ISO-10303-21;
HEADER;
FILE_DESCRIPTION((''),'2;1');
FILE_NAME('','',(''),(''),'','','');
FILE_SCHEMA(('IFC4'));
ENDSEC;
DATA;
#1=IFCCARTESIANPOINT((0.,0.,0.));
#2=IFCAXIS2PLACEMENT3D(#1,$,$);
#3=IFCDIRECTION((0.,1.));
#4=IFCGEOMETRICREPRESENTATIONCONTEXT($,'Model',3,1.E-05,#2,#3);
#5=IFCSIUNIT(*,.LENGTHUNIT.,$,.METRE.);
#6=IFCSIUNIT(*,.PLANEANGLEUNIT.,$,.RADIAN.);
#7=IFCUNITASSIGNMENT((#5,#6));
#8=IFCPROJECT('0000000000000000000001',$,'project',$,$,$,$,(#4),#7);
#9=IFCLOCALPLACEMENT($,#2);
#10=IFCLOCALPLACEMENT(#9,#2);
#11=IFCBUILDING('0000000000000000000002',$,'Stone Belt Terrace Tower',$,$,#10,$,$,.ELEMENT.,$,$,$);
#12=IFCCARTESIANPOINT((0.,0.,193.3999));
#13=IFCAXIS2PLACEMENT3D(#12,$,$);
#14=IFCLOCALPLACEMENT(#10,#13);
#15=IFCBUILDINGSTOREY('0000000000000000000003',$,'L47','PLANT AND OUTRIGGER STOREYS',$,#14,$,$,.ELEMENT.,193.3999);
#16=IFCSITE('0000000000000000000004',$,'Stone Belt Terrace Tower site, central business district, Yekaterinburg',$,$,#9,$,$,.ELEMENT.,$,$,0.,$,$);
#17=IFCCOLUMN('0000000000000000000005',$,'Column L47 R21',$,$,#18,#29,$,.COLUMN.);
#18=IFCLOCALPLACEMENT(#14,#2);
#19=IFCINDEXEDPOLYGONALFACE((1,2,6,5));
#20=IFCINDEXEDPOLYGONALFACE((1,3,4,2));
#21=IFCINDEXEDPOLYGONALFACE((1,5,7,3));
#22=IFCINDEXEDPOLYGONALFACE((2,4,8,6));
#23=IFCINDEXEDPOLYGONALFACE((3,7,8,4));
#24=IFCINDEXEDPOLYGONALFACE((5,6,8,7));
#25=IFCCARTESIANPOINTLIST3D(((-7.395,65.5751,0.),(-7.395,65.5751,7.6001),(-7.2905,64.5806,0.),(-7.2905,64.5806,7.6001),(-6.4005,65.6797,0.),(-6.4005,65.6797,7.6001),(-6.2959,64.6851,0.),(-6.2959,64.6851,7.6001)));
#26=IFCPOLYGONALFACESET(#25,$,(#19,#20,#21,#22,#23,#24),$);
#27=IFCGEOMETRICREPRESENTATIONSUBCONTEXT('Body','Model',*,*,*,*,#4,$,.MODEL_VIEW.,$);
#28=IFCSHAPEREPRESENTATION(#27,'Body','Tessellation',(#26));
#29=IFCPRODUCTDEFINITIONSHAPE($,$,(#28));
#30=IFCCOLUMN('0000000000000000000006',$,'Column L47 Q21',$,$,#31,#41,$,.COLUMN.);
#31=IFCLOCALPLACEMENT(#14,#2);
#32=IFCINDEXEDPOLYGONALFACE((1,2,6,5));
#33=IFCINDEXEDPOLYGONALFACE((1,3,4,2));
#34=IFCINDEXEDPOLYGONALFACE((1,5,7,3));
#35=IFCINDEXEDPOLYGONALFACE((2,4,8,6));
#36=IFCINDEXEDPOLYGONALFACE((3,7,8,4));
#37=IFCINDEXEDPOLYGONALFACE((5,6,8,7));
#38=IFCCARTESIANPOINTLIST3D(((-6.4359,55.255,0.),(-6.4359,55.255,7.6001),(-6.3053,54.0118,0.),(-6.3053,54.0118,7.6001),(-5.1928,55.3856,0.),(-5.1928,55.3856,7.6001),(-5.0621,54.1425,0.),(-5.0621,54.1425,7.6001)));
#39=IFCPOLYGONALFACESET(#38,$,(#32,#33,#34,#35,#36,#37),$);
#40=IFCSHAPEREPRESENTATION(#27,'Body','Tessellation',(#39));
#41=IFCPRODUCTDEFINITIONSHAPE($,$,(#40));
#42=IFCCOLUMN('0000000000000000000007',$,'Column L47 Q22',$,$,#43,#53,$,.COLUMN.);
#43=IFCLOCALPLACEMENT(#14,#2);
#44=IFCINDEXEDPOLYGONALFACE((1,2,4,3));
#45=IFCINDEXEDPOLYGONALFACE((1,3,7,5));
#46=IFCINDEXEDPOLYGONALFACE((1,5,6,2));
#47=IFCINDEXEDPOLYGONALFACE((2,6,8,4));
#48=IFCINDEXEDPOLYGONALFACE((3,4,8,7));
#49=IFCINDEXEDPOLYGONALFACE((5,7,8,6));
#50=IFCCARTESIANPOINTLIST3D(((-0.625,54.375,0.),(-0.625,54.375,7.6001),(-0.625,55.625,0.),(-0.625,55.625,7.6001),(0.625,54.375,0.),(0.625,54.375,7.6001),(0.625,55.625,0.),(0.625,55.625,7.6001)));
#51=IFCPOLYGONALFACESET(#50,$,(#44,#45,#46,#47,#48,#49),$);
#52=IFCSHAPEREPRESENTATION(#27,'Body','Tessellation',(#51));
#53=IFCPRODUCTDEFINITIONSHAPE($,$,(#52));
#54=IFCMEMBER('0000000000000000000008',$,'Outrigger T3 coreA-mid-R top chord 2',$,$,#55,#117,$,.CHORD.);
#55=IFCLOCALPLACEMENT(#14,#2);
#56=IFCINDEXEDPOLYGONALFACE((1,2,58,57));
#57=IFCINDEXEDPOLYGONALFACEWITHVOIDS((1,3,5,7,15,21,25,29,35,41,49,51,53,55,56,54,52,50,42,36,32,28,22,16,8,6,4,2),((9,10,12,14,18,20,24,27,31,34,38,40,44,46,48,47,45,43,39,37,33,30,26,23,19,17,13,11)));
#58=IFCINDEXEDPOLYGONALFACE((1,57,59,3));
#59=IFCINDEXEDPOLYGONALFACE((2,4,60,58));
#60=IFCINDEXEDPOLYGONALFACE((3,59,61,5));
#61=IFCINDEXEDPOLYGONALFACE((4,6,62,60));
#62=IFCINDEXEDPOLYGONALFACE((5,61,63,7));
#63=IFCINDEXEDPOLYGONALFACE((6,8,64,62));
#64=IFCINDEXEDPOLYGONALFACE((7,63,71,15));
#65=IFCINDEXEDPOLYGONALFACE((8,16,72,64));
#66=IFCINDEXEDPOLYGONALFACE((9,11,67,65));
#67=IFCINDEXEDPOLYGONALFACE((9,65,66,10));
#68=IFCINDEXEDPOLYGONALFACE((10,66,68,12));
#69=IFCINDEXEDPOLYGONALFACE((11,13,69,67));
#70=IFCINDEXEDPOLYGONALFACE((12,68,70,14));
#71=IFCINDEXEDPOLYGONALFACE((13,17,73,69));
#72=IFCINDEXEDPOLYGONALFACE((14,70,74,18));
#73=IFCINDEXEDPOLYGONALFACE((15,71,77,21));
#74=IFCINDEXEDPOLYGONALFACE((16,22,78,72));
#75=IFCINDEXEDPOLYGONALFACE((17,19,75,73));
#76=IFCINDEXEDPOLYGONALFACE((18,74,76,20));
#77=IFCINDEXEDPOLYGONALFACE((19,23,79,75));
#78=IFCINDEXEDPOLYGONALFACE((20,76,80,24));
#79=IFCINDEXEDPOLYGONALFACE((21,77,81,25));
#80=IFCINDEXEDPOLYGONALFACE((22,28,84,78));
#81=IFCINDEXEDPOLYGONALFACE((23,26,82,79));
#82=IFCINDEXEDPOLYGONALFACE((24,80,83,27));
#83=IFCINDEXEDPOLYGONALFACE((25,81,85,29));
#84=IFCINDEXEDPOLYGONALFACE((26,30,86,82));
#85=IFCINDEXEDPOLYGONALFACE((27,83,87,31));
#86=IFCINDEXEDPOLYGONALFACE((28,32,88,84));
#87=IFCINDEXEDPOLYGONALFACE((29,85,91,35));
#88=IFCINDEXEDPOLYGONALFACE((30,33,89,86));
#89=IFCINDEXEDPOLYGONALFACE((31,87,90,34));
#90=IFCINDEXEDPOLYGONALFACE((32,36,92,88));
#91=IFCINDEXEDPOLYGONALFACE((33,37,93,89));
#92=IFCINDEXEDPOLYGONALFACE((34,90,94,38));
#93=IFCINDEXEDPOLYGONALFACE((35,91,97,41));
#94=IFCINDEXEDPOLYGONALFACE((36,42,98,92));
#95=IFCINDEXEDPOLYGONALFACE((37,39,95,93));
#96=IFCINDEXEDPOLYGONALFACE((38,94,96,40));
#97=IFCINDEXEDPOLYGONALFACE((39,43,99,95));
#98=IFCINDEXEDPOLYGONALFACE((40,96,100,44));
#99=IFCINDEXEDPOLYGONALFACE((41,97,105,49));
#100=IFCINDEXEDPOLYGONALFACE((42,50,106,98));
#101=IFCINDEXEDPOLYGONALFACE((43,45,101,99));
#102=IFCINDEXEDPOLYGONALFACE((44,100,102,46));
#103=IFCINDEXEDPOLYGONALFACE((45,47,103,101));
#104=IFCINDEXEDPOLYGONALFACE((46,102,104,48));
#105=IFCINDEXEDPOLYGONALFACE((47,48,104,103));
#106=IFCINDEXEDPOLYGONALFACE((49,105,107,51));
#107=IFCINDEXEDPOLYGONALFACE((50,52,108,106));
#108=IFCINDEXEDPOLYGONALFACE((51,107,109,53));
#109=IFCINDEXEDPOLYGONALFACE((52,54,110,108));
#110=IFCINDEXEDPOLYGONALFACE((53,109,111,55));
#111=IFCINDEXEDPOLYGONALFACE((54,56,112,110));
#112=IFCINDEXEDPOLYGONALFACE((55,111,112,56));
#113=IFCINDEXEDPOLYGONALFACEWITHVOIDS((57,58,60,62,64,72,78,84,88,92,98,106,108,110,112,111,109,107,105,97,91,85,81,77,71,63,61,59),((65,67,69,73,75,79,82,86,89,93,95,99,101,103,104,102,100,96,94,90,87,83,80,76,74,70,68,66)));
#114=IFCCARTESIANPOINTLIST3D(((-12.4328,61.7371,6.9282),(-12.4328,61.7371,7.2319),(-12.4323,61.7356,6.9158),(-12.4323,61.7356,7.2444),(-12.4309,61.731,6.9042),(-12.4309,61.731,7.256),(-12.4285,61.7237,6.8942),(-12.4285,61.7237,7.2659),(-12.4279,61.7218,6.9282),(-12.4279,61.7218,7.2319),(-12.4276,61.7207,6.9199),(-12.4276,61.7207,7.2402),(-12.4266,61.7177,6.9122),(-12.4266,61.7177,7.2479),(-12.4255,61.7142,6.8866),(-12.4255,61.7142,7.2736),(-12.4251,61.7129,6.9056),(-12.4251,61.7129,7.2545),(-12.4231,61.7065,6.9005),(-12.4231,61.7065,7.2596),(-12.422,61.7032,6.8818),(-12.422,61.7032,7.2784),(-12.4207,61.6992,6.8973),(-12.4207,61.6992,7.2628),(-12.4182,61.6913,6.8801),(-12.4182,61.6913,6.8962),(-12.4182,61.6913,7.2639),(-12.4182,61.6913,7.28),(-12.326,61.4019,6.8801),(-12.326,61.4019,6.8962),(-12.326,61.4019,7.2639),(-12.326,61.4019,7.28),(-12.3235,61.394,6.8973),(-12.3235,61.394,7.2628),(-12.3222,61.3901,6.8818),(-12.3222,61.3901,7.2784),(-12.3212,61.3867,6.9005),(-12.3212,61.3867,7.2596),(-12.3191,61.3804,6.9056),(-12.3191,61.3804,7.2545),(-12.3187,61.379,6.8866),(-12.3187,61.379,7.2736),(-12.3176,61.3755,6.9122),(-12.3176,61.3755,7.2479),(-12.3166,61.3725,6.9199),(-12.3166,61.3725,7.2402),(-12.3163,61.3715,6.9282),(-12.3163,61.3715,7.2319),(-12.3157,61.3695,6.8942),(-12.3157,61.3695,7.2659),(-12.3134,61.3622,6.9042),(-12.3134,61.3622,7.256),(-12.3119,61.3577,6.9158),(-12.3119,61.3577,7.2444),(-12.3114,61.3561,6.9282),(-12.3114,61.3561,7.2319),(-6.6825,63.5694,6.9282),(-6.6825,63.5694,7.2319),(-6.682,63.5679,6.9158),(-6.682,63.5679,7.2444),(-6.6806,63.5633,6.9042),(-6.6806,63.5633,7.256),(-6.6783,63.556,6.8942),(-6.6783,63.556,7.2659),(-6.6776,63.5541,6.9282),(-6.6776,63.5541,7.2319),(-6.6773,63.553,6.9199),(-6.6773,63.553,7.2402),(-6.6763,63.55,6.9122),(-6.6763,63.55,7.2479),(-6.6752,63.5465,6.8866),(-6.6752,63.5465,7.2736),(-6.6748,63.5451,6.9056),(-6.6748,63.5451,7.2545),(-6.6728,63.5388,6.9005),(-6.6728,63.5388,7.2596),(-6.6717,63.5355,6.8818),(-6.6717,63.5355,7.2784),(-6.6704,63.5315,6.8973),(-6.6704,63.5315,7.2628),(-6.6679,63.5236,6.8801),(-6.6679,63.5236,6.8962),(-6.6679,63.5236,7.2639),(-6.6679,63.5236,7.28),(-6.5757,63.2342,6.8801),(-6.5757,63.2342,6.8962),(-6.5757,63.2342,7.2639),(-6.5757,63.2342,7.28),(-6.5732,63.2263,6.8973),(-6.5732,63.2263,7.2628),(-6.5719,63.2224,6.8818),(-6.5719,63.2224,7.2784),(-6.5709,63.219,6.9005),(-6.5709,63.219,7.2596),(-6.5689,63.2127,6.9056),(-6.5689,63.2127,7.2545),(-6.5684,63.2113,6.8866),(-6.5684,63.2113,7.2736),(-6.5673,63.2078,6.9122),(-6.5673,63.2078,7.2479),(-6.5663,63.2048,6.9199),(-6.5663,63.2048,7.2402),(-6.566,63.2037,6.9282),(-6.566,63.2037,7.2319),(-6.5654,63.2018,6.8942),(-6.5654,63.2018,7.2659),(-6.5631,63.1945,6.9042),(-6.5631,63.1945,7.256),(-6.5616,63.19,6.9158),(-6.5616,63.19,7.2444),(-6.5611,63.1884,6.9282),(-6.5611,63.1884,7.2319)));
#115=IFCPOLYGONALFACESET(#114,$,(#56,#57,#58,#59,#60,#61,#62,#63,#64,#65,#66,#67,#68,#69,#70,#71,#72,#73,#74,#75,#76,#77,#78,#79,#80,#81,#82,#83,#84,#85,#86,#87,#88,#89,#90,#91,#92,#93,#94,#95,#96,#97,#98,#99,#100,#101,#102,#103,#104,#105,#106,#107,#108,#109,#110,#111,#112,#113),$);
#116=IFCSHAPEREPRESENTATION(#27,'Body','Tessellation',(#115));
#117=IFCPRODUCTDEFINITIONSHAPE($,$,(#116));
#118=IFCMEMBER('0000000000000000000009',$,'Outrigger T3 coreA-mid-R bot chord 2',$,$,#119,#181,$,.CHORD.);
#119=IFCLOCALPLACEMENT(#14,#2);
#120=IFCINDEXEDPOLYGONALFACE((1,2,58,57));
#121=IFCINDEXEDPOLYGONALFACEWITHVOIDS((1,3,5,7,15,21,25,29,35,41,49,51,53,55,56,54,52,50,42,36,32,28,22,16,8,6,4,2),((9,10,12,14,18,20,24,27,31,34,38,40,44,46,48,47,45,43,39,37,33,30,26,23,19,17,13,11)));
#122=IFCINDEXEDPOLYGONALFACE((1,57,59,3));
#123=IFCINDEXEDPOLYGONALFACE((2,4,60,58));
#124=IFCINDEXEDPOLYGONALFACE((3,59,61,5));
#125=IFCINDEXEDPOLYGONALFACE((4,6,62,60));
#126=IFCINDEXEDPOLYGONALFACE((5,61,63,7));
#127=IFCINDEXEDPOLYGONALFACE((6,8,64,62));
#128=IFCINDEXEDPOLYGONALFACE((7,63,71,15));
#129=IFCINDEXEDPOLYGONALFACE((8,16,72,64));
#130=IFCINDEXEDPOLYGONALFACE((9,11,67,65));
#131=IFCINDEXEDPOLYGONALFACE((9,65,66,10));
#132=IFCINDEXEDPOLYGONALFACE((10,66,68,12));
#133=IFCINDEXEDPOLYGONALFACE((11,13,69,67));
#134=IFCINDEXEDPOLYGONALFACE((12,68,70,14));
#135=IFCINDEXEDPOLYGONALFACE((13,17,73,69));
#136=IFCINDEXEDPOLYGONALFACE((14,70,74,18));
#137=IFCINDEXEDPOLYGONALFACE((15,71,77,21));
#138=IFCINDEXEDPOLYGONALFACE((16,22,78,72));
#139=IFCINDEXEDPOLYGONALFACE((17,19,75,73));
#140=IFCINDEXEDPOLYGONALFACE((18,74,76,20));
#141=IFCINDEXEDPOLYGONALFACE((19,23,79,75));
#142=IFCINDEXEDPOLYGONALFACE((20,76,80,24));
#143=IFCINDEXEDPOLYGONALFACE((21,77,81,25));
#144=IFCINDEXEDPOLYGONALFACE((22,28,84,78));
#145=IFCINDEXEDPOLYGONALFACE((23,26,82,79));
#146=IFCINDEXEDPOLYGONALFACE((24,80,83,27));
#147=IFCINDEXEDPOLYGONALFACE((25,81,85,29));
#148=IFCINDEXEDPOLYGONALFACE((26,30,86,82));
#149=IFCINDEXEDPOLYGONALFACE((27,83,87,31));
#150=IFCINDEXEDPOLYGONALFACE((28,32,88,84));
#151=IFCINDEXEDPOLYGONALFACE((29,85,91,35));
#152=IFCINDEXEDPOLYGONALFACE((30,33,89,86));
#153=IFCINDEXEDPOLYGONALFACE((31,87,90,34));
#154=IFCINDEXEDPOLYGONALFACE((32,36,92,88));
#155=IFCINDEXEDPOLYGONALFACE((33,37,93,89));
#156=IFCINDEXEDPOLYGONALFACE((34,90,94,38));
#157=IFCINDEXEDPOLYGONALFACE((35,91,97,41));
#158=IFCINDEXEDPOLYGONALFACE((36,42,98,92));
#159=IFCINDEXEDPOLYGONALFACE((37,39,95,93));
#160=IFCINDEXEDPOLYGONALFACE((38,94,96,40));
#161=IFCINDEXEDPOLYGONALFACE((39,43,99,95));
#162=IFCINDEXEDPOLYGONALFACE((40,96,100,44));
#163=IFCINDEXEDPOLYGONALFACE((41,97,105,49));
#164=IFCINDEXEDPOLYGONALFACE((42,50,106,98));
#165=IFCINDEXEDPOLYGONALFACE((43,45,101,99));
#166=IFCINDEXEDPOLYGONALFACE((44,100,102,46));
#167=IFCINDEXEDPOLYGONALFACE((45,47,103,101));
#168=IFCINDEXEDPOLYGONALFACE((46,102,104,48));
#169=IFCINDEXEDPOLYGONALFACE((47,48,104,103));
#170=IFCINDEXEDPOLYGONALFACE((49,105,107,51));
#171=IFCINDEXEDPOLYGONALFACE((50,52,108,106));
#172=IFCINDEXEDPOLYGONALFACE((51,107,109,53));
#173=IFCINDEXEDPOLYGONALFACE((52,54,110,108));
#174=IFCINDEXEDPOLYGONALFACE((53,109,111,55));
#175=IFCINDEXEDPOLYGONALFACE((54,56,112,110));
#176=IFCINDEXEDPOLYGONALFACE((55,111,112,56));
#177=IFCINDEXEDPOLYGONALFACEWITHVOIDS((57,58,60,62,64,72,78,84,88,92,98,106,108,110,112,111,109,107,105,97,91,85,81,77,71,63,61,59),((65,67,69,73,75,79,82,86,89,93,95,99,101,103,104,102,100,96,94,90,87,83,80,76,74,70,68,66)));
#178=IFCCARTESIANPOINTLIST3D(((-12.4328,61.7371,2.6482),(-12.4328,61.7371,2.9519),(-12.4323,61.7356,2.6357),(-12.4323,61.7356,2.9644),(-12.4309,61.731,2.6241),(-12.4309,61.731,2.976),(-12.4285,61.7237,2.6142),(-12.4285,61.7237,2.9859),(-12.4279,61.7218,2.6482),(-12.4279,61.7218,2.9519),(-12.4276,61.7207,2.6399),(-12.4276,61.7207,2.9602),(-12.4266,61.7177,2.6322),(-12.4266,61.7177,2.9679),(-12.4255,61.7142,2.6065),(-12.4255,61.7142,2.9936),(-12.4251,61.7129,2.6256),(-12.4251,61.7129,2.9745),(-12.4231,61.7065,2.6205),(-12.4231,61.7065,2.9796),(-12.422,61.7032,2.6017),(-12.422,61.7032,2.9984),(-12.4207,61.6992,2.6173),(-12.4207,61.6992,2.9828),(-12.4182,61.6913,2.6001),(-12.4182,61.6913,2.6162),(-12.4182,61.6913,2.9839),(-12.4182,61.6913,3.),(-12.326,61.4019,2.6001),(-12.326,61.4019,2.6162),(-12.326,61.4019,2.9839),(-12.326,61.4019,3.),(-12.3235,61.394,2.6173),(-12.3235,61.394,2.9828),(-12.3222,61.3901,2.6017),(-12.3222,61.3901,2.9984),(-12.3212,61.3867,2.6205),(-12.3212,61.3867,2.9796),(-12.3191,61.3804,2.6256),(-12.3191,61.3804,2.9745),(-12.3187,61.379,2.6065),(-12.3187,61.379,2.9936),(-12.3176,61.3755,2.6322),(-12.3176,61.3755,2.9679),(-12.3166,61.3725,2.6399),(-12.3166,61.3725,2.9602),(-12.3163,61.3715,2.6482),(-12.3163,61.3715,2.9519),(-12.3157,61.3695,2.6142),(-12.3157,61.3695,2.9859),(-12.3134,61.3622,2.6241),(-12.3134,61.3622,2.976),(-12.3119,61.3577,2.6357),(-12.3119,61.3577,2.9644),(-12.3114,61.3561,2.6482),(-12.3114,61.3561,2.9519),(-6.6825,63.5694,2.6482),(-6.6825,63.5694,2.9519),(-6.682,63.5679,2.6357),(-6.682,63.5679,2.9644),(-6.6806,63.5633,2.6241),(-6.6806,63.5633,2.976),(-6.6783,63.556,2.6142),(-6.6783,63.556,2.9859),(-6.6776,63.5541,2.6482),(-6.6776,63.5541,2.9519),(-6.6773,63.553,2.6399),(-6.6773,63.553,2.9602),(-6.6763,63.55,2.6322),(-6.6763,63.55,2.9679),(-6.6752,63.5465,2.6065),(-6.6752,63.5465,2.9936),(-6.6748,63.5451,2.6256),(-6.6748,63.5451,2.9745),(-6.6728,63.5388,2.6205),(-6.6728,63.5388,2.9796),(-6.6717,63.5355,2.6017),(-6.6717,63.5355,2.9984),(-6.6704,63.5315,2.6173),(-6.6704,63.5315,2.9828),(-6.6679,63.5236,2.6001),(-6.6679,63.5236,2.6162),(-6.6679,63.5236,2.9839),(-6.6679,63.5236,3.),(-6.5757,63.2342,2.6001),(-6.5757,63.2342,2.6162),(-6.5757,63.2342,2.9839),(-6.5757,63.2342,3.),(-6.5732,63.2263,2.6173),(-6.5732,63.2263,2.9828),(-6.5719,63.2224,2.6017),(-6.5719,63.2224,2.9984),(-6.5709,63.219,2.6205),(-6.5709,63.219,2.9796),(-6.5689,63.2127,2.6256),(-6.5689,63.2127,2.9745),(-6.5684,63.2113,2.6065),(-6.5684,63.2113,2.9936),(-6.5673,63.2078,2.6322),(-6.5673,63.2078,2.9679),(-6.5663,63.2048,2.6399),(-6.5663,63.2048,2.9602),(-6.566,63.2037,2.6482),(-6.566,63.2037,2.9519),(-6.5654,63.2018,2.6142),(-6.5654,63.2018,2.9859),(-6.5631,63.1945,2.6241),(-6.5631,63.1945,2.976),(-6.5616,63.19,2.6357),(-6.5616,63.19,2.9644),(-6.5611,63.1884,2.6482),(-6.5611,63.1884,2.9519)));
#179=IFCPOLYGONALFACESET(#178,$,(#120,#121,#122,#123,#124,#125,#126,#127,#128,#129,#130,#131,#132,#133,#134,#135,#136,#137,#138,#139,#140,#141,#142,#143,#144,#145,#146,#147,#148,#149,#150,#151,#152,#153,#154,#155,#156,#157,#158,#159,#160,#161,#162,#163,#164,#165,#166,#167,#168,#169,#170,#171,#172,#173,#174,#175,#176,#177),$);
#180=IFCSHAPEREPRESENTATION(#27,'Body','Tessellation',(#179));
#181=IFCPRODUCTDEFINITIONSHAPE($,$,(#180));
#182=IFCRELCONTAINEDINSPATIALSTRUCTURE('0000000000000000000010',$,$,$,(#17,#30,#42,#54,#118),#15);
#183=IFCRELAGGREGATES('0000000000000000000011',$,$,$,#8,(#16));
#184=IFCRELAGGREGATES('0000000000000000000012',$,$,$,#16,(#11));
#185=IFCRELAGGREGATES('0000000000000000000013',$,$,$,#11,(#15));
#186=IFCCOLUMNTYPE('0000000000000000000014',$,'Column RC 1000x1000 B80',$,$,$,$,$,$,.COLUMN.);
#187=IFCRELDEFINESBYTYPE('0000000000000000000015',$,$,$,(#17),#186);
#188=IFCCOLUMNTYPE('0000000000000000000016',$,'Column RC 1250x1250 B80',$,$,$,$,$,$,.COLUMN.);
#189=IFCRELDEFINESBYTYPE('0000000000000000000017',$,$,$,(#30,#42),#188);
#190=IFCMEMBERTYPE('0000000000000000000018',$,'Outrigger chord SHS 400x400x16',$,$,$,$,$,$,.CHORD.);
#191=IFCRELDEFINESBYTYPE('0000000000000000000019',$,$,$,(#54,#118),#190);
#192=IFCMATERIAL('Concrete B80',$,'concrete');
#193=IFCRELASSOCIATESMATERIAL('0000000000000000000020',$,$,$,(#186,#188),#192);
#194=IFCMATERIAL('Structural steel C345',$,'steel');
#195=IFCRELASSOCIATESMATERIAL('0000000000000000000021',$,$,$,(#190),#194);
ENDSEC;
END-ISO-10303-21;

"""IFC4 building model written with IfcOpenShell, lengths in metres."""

from ifc_helpers import new_model, si_unit, direction, frame, origin, origin_2d, place, context, subcontext, project, spatial, rectangle, hollow_rectangle, extrude, material, material_profile, profile_set, type_object, element, save


model = new_model("IFC4")

# Units and contexts
model_context = context("Model", 3, precision=1e-05, world=origin(), true_north=direction((0.0, 1.0)))
body_context = subcontext(model_context, "Body", "Model", "MODEL_VIEW")
ifc_project = project(units=[si_unit("LENGTHUNIT", "METRE"), si_unit("PLANEANGLEUNIT", "RADIAN")], contexts=[model_context])

# Site, building, storey
site_placement = place(None, origin())
site = spatial("IfcSite", under=ifc_project, at=site_placement, Name="Stone Belt Terrace Tower site, central business district, Yekaterinburg", CompositionType="ELEMENT", RefElevation=0.0)
building_placement = place(site_placement, origin())
building = spatial("IfcBuilding", under=site, at=building_placement, Name="Stone Belt Terrace Tower", CompositionType="ELEMENT")
storey_placement = place(building_placement, frame((0.0, 0.0, 193.3999)))
storey = spatial("IfcBuildingStorey", under=building, at=storey_placement, Name="L47", Description="PLANT AND OUTRIGGER STOREYS", CompositionType="ELEMENT", Elevation=193.3999)

# Columns
ifc_material_1 = material(Name="Concrete B80", Category="concrete")
ifc_material_profile_1 = material_profile(ifc_material_1, rectangle(XDim=1.0, YDim=1.0, at=origin_2d()), Name="RC 1000x1000")
ifc_profile_set_1 = profile_set([ifc_material_profile_1], Name="Concrete B80")
column_type_1 = type_object("IfcColumnType", Name="Column RC 1000x1000 B80", PredefinedType="COLUMN", material=ifc_profile_set_1)
column_placement = place(storey_placement, frame((-6.8455, 65.1301, 0.0), z_axis=(0.0, 0.0, 1.0), x_axis=(0.994522, 0.104528, 0.0)))
element("IfcColumn", 1, at=column_placement, inside=storey, type_object=column_type_1, Name="Column L47 R21", PredefinedType="COLUMN", context=body_context, shape_type="SweptSolid", body=[
    extrude(rectangle(XDim=1.0, YDim=1.0, at=origin_2d()), origin(), (0.0, 0.0, 1.0), 7.6001),
])
ifc_material_profile_2 = material_profile(ifc_material_1, rectangle(XDim=1.25, YDim=1.25, at=origin_2d()), Name="RC 1250x1250")
ifc_profile_set_2 = profile_set([ifc_material_profile_2], Name="Concrete B80")
column_type_2 = type_object("IfcColumnType", Name="Column RC 1250x1250 B80", PredefinedType="COLUMN", material=ifc_profile_set_2)
for number, where, z_axis, x_axis, name in (
    (2, (-5.749, 54.6987, 0.0), (0.0, 0.0, 1.0), (0.994522, 0.104528, 0.0), "Column L47 Q21"),
    (3, (0.0, 55.0, 0.0), (0.0, 0.0, 1.0), (1.0, 0.0, 0.0), "Column L47 Q22"),
):
    element("IfcColumn", number, at=place(storey_placement, frame(where, z_axis=z_axis, x_axis=x_axis)), inside=storey, type_object=column_type_2, Name=name, PredefinedType="COLUMN", context=body_context, shape_type="SweptSolid", body=[
        extrude(rectangle(XDim=1.25, YDim=1.25, at=origin_2d()), origin(), (0.0, 0.0, 1.0), 7.6001),
    ])

# Members
ifc_material_2 = material(Name="Structural steel C345", Category="steel")
ifc_material_profile_3 = material_profile(ifc_material_2, hollow_rectangle(XDim=0.3999, YDim=0.3999, WallThickness=0.0161, InnerFilletRadius=0.032, OuterFilletRadius=0.0481, at=origin_2d()), Name="SHS 400x400x16")
ifc_profile_set_3 = profile_set([ifc_material_profile_3], Name="Structural steel C345")
member_type_1 = type_object("IfcMemberType", Name="Outrigger chord SHS 400x400x16", PredefinedType="CHORD", material=ifc_profile_set_3)
for number, where, z_axis, x_axis, name in (
    (4, (-6.6218, 63.3789, 7.0801), (-0.952799, -0.303603, 0.0), (0.303603, -0.952799, 0.0), "Outrigger T3 coreA-mid-R top chord 2"),
    (5, (-6.6218, 63.3789, 2.8), (-0.952799, -0.303603, 0.0), (0.303603, -0.952799, 0.0), "Outrigger T3 coreA-mid-R bot chord 2"),
):
    element("IfcMember", number, at=place(storey_placement, frame(where, z_axis=z_axis, x_axis=x_axis)), inside=storey, type_object=member_type_1, Name=name, PredefinedType="CHORD", context=body_context, shape_type="SweptSolid", body=[
        extrude(hollow_rectangle(XDim=0.3999, YDim=0.3999, WallThickness=0.0161, InnerFilletRadius=0.032, OuterFilletRadius=0.0481, at=origin_2d()), origin(), (0.0, 0.0, 1.0), 6.0352),
    ])

save(model, "model.ifc")
